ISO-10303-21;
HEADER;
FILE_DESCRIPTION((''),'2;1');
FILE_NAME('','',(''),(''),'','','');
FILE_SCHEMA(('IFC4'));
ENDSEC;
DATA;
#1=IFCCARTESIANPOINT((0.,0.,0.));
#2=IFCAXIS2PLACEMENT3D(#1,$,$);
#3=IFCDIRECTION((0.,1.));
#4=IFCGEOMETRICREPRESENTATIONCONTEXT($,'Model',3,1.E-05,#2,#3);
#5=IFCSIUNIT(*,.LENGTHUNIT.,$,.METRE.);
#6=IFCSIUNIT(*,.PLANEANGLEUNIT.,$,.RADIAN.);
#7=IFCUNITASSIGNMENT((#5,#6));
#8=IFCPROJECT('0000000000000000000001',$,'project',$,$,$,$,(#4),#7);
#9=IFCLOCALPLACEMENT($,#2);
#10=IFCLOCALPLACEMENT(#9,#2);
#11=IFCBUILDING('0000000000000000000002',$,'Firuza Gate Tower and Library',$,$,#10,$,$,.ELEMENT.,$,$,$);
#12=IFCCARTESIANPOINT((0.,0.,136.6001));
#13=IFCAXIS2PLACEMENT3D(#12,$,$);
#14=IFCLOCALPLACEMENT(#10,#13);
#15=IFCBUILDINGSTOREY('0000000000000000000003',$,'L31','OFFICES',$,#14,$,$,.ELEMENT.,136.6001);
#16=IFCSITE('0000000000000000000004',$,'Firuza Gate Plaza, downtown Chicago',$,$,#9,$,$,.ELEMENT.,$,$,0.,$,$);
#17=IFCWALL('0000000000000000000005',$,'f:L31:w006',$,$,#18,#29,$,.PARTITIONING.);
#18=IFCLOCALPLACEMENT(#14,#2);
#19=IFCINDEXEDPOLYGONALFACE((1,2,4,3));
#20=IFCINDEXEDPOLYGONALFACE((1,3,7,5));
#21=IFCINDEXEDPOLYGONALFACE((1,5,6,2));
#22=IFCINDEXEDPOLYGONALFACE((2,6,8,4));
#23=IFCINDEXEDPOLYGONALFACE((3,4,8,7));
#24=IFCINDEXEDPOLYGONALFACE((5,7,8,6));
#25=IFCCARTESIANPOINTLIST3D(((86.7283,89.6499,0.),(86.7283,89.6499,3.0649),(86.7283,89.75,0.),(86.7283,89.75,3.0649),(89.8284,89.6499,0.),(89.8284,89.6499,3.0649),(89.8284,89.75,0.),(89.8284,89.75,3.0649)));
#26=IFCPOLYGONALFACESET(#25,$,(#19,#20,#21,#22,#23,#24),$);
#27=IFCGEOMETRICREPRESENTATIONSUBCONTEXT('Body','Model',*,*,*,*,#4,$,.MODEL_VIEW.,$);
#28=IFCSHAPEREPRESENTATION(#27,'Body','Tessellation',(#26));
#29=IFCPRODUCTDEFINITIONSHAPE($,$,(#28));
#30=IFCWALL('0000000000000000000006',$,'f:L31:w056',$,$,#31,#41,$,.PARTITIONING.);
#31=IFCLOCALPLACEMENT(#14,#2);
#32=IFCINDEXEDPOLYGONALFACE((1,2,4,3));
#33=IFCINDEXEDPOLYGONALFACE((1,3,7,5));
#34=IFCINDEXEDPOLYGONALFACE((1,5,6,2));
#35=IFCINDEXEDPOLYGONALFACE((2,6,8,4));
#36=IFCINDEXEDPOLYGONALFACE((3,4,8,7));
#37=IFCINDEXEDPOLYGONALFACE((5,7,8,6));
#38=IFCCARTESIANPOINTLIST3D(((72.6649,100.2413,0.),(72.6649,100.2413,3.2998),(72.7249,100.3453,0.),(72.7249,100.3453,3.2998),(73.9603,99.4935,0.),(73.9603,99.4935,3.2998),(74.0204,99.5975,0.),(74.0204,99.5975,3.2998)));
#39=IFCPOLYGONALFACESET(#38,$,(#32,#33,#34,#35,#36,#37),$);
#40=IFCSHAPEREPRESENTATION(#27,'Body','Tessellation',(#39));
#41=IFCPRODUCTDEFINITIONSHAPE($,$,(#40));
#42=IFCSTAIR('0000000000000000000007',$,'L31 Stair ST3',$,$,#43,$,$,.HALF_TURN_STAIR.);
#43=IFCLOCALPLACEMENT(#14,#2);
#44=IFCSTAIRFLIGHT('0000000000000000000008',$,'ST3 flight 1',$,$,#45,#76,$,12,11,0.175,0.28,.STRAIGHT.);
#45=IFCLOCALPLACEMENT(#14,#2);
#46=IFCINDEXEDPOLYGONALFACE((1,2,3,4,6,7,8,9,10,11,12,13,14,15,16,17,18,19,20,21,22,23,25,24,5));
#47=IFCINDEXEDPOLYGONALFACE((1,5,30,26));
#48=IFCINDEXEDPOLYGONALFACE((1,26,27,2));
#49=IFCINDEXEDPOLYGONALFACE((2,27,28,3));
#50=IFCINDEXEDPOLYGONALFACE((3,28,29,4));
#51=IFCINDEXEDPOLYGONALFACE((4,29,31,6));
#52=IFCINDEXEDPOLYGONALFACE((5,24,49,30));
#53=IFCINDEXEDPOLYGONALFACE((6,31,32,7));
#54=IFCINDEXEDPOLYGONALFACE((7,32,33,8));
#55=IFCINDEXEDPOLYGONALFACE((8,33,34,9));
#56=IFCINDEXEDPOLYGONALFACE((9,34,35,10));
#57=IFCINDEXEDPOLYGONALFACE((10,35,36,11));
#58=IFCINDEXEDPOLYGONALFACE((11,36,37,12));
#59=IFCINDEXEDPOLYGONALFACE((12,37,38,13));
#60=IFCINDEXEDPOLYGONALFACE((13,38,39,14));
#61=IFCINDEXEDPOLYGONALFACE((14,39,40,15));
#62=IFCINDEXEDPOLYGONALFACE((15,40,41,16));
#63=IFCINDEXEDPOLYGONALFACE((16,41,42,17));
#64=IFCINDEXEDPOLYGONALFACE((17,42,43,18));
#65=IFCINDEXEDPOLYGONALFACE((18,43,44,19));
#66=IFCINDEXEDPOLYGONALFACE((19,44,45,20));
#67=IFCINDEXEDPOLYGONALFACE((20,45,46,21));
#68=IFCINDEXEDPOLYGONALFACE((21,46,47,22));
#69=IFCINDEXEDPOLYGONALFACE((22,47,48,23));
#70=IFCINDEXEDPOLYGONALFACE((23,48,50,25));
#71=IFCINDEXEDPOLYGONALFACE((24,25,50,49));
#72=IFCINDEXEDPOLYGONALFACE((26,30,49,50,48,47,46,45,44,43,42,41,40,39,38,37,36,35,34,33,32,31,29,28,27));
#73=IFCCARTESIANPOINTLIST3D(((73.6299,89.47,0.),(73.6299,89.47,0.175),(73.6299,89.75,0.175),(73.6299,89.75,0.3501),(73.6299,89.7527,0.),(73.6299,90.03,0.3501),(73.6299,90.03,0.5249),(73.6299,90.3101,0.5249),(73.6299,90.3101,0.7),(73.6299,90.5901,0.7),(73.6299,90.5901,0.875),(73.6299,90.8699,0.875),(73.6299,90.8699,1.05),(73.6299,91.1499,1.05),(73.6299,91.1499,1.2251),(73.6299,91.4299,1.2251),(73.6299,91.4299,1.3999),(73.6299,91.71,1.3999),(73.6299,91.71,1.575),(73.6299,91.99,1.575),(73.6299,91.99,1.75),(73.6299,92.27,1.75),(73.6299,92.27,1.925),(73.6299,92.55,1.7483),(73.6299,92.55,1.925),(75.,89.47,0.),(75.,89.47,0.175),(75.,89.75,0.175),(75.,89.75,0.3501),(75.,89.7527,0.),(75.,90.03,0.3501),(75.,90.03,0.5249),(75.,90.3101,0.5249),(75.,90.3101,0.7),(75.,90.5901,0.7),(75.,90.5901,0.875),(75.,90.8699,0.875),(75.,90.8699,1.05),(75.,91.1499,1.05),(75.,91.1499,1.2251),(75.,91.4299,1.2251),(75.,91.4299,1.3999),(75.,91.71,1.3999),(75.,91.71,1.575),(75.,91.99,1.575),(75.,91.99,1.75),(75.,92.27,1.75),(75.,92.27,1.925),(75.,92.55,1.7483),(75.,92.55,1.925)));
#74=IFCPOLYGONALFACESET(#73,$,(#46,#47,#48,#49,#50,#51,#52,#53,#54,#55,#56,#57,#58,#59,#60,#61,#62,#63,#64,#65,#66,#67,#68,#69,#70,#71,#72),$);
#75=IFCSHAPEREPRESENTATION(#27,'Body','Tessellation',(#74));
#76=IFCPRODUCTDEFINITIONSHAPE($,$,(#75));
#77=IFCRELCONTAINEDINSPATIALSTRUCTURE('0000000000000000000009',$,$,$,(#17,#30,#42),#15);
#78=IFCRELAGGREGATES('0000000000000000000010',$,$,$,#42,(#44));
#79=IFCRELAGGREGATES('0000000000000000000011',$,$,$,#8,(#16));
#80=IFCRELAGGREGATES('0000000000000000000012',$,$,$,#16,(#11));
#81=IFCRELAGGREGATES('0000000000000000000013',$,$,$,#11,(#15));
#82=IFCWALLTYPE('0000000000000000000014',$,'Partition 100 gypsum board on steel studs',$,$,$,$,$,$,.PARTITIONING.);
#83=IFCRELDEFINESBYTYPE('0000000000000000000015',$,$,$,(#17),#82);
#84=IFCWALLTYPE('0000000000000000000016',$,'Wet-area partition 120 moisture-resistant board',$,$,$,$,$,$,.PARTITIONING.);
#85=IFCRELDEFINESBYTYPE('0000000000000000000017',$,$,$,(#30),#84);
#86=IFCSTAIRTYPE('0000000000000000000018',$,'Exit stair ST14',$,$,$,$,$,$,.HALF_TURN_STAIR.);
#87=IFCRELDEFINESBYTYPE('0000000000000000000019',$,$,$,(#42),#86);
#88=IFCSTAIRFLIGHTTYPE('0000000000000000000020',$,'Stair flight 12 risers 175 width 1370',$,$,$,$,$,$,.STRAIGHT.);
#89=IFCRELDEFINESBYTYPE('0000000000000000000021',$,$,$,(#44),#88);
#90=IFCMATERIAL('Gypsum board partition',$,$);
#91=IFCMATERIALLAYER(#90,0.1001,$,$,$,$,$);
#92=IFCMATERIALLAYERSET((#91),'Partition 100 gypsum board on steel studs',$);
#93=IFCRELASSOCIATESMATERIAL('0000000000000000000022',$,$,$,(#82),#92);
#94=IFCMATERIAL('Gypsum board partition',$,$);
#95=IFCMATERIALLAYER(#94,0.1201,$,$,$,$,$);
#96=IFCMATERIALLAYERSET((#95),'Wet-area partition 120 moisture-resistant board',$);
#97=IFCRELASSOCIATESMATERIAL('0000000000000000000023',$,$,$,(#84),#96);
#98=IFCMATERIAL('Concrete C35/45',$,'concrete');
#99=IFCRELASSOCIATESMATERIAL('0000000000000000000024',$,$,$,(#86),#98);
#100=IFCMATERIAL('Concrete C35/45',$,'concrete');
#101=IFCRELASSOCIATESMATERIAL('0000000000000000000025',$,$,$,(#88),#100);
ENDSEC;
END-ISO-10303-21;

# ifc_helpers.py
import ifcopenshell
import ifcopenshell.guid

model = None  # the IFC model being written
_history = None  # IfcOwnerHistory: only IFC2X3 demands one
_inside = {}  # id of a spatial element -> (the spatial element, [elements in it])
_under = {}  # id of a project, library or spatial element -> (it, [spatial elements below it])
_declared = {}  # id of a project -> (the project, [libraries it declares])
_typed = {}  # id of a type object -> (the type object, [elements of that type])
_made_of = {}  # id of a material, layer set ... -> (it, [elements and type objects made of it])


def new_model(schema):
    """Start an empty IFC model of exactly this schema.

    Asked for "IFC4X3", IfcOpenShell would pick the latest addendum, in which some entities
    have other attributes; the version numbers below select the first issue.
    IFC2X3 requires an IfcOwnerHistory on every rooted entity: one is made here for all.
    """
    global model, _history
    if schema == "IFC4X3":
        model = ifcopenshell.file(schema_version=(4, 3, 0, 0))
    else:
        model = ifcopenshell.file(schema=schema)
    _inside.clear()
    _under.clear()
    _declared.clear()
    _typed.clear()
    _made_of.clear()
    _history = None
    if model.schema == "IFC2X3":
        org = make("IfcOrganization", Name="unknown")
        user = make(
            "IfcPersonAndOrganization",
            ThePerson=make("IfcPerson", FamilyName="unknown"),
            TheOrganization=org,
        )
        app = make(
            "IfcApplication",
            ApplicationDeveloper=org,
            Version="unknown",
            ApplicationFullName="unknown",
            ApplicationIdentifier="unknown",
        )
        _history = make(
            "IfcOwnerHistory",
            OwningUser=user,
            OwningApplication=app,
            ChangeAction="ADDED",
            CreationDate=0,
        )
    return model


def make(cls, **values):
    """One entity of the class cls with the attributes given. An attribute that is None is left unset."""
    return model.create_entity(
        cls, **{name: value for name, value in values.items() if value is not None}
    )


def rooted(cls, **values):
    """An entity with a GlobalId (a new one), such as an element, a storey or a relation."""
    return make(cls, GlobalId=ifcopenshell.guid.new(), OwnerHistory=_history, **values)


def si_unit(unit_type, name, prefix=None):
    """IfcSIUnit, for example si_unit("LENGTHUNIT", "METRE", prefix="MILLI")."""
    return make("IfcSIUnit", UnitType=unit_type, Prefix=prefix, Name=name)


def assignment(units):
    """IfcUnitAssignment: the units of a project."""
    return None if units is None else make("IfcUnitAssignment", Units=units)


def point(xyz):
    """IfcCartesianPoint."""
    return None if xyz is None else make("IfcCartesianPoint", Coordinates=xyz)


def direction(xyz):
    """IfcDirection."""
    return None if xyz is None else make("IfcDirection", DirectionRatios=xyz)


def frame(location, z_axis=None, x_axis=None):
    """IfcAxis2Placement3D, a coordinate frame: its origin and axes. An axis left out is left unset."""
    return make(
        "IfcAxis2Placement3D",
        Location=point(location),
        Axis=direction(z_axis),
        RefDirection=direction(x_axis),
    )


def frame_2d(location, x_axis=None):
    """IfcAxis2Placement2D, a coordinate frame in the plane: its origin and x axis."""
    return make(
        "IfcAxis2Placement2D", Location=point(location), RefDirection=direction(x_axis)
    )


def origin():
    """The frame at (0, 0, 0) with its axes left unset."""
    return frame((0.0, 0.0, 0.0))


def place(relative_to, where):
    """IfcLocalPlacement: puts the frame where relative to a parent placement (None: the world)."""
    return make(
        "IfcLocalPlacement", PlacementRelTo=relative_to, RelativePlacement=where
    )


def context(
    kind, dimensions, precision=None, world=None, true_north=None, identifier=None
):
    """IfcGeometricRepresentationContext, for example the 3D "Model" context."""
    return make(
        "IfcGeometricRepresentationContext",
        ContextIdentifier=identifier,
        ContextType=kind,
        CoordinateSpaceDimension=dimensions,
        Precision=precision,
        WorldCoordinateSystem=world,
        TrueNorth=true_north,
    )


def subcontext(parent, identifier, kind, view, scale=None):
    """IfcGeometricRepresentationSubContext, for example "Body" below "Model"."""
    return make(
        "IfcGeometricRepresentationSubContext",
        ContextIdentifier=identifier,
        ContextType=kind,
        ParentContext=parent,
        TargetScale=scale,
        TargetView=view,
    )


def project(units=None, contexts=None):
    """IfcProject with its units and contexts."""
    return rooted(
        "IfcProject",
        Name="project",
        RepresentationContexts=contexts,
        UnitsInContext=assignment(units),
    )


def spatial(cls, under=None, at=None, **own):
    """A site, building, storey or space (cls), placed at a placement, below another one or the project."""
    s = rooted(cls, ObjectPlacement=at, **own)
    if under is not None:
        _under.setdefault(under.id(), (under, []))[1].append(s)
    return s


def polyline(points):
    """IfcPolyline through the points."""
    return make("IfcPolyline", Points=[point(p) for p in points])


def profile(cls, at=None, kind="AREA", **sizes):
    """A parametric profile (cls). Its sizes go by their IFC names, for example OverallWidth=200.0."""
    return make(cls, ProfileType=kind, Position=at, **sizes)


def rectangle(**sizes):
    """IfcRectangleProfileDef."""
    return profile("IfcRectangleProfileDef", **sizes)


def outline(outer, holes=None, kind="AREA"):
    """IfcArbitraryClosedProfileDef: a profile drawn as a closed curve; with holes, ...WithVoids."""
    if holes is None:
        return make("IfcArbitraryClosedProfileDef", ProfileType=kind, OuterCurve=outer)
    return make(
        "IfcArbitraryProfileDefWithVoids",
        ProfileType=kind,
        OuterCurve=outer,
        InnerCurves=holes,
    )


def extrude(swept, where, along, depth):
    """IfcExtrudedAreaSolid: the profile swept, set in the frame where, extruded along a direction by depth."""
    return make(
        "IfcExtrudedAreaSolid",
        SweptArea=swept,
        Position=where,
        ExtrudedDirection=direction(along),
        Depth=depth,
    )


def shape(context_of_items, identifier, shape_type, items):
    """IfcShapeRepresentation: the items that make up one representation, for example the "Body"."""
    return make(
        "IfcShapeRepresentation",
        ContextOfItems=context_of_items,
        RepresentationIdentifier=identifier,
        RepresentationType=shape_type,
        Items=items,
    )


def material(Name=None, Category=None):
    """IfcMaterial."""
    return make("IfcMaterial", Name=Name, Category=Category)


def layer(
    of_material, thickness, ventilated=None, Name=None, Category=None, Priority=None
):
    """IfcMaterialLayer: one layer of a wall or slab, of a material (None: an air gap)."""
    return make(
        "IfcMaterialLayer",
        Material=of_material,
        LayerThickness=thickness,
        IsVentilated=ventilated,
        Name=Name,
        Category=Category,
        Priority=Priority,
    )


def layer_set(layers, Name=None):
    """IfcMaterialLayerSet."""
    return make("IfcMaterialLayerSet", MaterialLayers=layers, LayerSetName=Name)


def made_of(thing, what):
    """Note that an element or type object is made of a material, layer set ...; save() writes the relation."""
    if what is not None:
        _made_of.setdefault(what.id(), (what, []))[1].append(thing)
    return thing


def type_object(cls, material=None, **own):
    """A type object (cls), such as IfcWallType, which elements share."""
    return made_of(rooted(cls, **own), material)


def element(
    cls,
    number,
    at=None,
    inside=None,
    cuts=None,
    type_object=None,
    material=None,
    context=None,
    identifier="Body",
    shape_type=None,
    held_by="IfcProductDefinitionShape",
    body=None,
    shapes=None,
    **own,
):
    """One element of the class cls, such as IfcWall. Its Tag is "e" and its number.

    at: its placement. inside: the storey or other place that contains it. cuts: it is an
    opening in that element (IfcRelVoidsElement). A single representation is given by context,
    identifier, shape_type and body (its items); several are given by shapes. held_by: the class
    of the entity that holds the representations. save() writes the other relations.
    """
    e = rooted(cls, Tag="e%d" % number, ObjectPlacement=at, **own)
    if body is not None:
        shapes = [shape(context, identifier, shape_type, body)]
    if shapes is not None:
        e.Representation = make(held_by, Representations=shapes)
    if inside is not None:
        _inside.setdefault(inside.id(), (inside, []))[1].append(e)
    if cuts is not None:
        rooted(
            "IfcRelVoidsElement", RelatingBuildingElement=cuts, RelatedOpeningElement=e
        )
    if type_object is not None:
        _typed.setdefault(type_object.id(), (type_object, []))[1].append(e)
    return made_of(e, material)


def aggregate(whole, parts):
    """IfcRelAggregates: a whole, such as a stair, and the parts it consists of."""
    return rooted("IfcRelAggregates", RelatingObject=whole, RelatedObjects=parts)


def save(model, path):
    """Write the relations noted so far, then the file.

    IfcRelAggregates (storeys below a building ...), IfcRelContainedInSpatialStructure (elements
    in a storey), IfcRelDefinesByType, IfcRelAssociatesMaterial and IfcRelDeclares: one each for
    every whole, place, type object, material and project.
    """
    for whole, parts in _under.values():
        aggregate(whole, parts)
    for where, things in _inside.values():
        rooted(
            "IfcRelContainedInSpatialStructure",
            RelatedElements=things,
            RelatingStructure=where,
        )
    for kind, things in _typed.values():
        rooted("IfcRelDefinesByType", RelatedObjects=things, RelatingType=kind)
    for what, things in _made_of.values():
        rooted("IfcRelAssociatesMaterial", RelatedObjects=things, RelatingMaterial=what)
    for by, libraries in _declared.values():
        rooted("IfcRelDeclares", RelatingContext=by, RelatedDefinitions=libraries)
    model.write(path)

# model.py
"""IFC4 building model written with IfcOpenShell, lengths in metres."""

from ifc_helpers import new_model, si_unit, direction, frame, frame_2d, origin, place, context, subcontext, project, spatial, polyline, rectangle, outline, extrude, material, layer, layer_set, type_object, element, aggregate, save


model = new_model("IFC4")

# Units and contexts
model_context = context("Model", 3, precision=1e-05, world=origin(), true_north=direction((0.0, 1.0)))
body_context = subcontext(model_context, "Body", "Model", "MODEL_VIEW")
ifc_project = project(units=[si_unit("LENGTHUNIT", "METRE"), si_unit("PLANEANGLEUNIT", "RADIAN")], contexts=[model_context])

# Site, building, storey
site_placement = place(None, origin())
site = spatial("IfcSite", under=ifc_project, at=site_placement, Name="Firuza Gate Plaza, downtown Chicago", CompositionType="ELEMENT", RefElevation=0.0)
building_placement = place(site_placement, origin())
building = spatial("IfcBuilding", under=site, at=building_placement, Name="Firuza Gate Tower and Library", CompositionType="ELEMENT")
storey_placement = place(building_placement, frame((0.0, 0.0, 136.6001)))
storey = spatial("IfcBuildingStorey", under=building, at=storey_placement, Name="L31", Description="OFFICES", CompositionType="ELEMENT", Elevation=136.6001)

# Shared definitions
placement = place(storey_placement, origin())

# Walls
ifc_material_1 = material(Name="Gypsum board partition")
ifc_layer_1 = layer(ifc_material_1, 0.1001)
ifc_layer_set_1 = layer_set([ifc_layer_1], Name="Partition 100 gypsum board on steel studs")
wall_type_1 = type_object("IfcWallType", Name="Partition 100 gypsum board on steel studs", PredefinedType="PARTITIONING", material=ifc_layer_set_1)
wall_1_placement = place(storey_placement, frame((86.7283, 89.7, 0.0), z_axis=(0.0, 0.0, 1.0), x_axis=(1.0, 0.0, 0.0)))
element("IfcWall", 1, at=wall_1_placement, inside=storey, type_object=wall_type_1, Name="f:L31:w006", PredefinedType="PARTITIONING", context=body_context, shape_type="SweptSolid", body=[
    extrude(rectangle(XDim=3.1001, YDim=0.1001, at=frame_2d((1.55, 0.0))), origin(), (0.0, 0.0, 1.0), 3.0649),
])
ifc_material_2 = material(Name="Gypsum board partition")
ifc_layer_2 = layer(ifc_material_2, 0.1201)
ifc_layer_set_2 = layer_set([ifc_layer_2], Name="Wet-area partition 120 moisture-resistant board")
wall_type_2 = type_object("IfcWallType", Name="Wet-area partition 120 moisture-resistant board", PredefinedType="PARTITIONING", material=ifc_layer_set_2)
wall_2_placement = place(storey_placement, frame((73.9905, 99.5454, 0.0), z_axis=(0.0, 0.0, 1.0), x_axis=(-0.866055, 0.499949, 0.0)))
element("IfcWall", 2, at=wall_2_placement, inside=storey, type_object=wall_type_2, Name="f:L31:w056", PredefinedType="PARTITIONING", context=body_context, shape_type="SweptSolid", body=[
    extrude(rectangle(XDim=1.4958, YDim=0.1201, at=frame_2d((0.748, 0.0))), origin(), (0.0, 0.0, 1.0), 3.2998),
])

# Stair, stair flight
ifc_material_3 = material(Name="Concrete C35/45", Category="concrete")
stair_type = type_object("IfcStairType", Name="Exit stair ST14", PredefinedType="HALF_TURN_STAIR", material=ifc_material_3)
stair = element("IfcStair", 3, at=placement, inside=storey, type_object=stair_type, Name="L31 Stair ST3", PredefinedType="HALF_TURN_STAIR")
ifc_material_4 = material(Name="Concrete C35/45", Category="concrete")
stair_flight_type = type_object("IfcStairFlightType", Name="Stair flight 12 risers 175 width 1370", PredefinedType="STRAIGHT", material=ifc_material_4)
stair_flight_placement = place(storey_placement, frame((74.3149, 89.47, 0.0), z_axis=(0.0, 0.0, 1.0), x_axis=(0.0, 1.0, 0.0)))
stair_flight = element("IfcStairFlight", 4, at=stair_flight_placement, type_object=stair_flight_type, Name="ST3 flight 1", NumberOfRisers=12, NumberOfTreads=11, PredefinedType="STRAIGHT", RiserHeight=0.175, TreadLength=0.28, context=body_context, shape_type="SweptSolid", body=[
    extrude(outline(polyline([(0.0, 0.0), (0.0, 0.175), (0.28, 0.175), (0.28, 0.3501), (0.5601, 0.3501), (0.5601, 0.5249), (0.8401, 0.5249), (0.8401, 0.7), (1.1201, 0.7), (1.1201, 0.875), (1.3999, 0.875), (1.3999, 1.05), (1.6799, 1.05), (1.6799, 1.2251), (1.96, 1.2251), (1.96, 1.3999), (2.24, 1.3999), (2.24, 1.575), (2.52, 1.575), (2.52, 1.75), (2.8, 1.75), (2.8, 1.925), (3.0801, 1.925), (3.0801, 2.1001), (3.0801, 1.7483), (0.2827, 0.0), (0.0, 0.0)])), frame((0.0, 0.6851, 0.0), z_axis=(0.0, -1.0, 0.0), x_axis=(1.0, 0.0, 0.0)), (0.0, 0.0, 1.0), 1.3701),
])
aggregate(stair, [stair_flight])

save(model, "model.ifc")
